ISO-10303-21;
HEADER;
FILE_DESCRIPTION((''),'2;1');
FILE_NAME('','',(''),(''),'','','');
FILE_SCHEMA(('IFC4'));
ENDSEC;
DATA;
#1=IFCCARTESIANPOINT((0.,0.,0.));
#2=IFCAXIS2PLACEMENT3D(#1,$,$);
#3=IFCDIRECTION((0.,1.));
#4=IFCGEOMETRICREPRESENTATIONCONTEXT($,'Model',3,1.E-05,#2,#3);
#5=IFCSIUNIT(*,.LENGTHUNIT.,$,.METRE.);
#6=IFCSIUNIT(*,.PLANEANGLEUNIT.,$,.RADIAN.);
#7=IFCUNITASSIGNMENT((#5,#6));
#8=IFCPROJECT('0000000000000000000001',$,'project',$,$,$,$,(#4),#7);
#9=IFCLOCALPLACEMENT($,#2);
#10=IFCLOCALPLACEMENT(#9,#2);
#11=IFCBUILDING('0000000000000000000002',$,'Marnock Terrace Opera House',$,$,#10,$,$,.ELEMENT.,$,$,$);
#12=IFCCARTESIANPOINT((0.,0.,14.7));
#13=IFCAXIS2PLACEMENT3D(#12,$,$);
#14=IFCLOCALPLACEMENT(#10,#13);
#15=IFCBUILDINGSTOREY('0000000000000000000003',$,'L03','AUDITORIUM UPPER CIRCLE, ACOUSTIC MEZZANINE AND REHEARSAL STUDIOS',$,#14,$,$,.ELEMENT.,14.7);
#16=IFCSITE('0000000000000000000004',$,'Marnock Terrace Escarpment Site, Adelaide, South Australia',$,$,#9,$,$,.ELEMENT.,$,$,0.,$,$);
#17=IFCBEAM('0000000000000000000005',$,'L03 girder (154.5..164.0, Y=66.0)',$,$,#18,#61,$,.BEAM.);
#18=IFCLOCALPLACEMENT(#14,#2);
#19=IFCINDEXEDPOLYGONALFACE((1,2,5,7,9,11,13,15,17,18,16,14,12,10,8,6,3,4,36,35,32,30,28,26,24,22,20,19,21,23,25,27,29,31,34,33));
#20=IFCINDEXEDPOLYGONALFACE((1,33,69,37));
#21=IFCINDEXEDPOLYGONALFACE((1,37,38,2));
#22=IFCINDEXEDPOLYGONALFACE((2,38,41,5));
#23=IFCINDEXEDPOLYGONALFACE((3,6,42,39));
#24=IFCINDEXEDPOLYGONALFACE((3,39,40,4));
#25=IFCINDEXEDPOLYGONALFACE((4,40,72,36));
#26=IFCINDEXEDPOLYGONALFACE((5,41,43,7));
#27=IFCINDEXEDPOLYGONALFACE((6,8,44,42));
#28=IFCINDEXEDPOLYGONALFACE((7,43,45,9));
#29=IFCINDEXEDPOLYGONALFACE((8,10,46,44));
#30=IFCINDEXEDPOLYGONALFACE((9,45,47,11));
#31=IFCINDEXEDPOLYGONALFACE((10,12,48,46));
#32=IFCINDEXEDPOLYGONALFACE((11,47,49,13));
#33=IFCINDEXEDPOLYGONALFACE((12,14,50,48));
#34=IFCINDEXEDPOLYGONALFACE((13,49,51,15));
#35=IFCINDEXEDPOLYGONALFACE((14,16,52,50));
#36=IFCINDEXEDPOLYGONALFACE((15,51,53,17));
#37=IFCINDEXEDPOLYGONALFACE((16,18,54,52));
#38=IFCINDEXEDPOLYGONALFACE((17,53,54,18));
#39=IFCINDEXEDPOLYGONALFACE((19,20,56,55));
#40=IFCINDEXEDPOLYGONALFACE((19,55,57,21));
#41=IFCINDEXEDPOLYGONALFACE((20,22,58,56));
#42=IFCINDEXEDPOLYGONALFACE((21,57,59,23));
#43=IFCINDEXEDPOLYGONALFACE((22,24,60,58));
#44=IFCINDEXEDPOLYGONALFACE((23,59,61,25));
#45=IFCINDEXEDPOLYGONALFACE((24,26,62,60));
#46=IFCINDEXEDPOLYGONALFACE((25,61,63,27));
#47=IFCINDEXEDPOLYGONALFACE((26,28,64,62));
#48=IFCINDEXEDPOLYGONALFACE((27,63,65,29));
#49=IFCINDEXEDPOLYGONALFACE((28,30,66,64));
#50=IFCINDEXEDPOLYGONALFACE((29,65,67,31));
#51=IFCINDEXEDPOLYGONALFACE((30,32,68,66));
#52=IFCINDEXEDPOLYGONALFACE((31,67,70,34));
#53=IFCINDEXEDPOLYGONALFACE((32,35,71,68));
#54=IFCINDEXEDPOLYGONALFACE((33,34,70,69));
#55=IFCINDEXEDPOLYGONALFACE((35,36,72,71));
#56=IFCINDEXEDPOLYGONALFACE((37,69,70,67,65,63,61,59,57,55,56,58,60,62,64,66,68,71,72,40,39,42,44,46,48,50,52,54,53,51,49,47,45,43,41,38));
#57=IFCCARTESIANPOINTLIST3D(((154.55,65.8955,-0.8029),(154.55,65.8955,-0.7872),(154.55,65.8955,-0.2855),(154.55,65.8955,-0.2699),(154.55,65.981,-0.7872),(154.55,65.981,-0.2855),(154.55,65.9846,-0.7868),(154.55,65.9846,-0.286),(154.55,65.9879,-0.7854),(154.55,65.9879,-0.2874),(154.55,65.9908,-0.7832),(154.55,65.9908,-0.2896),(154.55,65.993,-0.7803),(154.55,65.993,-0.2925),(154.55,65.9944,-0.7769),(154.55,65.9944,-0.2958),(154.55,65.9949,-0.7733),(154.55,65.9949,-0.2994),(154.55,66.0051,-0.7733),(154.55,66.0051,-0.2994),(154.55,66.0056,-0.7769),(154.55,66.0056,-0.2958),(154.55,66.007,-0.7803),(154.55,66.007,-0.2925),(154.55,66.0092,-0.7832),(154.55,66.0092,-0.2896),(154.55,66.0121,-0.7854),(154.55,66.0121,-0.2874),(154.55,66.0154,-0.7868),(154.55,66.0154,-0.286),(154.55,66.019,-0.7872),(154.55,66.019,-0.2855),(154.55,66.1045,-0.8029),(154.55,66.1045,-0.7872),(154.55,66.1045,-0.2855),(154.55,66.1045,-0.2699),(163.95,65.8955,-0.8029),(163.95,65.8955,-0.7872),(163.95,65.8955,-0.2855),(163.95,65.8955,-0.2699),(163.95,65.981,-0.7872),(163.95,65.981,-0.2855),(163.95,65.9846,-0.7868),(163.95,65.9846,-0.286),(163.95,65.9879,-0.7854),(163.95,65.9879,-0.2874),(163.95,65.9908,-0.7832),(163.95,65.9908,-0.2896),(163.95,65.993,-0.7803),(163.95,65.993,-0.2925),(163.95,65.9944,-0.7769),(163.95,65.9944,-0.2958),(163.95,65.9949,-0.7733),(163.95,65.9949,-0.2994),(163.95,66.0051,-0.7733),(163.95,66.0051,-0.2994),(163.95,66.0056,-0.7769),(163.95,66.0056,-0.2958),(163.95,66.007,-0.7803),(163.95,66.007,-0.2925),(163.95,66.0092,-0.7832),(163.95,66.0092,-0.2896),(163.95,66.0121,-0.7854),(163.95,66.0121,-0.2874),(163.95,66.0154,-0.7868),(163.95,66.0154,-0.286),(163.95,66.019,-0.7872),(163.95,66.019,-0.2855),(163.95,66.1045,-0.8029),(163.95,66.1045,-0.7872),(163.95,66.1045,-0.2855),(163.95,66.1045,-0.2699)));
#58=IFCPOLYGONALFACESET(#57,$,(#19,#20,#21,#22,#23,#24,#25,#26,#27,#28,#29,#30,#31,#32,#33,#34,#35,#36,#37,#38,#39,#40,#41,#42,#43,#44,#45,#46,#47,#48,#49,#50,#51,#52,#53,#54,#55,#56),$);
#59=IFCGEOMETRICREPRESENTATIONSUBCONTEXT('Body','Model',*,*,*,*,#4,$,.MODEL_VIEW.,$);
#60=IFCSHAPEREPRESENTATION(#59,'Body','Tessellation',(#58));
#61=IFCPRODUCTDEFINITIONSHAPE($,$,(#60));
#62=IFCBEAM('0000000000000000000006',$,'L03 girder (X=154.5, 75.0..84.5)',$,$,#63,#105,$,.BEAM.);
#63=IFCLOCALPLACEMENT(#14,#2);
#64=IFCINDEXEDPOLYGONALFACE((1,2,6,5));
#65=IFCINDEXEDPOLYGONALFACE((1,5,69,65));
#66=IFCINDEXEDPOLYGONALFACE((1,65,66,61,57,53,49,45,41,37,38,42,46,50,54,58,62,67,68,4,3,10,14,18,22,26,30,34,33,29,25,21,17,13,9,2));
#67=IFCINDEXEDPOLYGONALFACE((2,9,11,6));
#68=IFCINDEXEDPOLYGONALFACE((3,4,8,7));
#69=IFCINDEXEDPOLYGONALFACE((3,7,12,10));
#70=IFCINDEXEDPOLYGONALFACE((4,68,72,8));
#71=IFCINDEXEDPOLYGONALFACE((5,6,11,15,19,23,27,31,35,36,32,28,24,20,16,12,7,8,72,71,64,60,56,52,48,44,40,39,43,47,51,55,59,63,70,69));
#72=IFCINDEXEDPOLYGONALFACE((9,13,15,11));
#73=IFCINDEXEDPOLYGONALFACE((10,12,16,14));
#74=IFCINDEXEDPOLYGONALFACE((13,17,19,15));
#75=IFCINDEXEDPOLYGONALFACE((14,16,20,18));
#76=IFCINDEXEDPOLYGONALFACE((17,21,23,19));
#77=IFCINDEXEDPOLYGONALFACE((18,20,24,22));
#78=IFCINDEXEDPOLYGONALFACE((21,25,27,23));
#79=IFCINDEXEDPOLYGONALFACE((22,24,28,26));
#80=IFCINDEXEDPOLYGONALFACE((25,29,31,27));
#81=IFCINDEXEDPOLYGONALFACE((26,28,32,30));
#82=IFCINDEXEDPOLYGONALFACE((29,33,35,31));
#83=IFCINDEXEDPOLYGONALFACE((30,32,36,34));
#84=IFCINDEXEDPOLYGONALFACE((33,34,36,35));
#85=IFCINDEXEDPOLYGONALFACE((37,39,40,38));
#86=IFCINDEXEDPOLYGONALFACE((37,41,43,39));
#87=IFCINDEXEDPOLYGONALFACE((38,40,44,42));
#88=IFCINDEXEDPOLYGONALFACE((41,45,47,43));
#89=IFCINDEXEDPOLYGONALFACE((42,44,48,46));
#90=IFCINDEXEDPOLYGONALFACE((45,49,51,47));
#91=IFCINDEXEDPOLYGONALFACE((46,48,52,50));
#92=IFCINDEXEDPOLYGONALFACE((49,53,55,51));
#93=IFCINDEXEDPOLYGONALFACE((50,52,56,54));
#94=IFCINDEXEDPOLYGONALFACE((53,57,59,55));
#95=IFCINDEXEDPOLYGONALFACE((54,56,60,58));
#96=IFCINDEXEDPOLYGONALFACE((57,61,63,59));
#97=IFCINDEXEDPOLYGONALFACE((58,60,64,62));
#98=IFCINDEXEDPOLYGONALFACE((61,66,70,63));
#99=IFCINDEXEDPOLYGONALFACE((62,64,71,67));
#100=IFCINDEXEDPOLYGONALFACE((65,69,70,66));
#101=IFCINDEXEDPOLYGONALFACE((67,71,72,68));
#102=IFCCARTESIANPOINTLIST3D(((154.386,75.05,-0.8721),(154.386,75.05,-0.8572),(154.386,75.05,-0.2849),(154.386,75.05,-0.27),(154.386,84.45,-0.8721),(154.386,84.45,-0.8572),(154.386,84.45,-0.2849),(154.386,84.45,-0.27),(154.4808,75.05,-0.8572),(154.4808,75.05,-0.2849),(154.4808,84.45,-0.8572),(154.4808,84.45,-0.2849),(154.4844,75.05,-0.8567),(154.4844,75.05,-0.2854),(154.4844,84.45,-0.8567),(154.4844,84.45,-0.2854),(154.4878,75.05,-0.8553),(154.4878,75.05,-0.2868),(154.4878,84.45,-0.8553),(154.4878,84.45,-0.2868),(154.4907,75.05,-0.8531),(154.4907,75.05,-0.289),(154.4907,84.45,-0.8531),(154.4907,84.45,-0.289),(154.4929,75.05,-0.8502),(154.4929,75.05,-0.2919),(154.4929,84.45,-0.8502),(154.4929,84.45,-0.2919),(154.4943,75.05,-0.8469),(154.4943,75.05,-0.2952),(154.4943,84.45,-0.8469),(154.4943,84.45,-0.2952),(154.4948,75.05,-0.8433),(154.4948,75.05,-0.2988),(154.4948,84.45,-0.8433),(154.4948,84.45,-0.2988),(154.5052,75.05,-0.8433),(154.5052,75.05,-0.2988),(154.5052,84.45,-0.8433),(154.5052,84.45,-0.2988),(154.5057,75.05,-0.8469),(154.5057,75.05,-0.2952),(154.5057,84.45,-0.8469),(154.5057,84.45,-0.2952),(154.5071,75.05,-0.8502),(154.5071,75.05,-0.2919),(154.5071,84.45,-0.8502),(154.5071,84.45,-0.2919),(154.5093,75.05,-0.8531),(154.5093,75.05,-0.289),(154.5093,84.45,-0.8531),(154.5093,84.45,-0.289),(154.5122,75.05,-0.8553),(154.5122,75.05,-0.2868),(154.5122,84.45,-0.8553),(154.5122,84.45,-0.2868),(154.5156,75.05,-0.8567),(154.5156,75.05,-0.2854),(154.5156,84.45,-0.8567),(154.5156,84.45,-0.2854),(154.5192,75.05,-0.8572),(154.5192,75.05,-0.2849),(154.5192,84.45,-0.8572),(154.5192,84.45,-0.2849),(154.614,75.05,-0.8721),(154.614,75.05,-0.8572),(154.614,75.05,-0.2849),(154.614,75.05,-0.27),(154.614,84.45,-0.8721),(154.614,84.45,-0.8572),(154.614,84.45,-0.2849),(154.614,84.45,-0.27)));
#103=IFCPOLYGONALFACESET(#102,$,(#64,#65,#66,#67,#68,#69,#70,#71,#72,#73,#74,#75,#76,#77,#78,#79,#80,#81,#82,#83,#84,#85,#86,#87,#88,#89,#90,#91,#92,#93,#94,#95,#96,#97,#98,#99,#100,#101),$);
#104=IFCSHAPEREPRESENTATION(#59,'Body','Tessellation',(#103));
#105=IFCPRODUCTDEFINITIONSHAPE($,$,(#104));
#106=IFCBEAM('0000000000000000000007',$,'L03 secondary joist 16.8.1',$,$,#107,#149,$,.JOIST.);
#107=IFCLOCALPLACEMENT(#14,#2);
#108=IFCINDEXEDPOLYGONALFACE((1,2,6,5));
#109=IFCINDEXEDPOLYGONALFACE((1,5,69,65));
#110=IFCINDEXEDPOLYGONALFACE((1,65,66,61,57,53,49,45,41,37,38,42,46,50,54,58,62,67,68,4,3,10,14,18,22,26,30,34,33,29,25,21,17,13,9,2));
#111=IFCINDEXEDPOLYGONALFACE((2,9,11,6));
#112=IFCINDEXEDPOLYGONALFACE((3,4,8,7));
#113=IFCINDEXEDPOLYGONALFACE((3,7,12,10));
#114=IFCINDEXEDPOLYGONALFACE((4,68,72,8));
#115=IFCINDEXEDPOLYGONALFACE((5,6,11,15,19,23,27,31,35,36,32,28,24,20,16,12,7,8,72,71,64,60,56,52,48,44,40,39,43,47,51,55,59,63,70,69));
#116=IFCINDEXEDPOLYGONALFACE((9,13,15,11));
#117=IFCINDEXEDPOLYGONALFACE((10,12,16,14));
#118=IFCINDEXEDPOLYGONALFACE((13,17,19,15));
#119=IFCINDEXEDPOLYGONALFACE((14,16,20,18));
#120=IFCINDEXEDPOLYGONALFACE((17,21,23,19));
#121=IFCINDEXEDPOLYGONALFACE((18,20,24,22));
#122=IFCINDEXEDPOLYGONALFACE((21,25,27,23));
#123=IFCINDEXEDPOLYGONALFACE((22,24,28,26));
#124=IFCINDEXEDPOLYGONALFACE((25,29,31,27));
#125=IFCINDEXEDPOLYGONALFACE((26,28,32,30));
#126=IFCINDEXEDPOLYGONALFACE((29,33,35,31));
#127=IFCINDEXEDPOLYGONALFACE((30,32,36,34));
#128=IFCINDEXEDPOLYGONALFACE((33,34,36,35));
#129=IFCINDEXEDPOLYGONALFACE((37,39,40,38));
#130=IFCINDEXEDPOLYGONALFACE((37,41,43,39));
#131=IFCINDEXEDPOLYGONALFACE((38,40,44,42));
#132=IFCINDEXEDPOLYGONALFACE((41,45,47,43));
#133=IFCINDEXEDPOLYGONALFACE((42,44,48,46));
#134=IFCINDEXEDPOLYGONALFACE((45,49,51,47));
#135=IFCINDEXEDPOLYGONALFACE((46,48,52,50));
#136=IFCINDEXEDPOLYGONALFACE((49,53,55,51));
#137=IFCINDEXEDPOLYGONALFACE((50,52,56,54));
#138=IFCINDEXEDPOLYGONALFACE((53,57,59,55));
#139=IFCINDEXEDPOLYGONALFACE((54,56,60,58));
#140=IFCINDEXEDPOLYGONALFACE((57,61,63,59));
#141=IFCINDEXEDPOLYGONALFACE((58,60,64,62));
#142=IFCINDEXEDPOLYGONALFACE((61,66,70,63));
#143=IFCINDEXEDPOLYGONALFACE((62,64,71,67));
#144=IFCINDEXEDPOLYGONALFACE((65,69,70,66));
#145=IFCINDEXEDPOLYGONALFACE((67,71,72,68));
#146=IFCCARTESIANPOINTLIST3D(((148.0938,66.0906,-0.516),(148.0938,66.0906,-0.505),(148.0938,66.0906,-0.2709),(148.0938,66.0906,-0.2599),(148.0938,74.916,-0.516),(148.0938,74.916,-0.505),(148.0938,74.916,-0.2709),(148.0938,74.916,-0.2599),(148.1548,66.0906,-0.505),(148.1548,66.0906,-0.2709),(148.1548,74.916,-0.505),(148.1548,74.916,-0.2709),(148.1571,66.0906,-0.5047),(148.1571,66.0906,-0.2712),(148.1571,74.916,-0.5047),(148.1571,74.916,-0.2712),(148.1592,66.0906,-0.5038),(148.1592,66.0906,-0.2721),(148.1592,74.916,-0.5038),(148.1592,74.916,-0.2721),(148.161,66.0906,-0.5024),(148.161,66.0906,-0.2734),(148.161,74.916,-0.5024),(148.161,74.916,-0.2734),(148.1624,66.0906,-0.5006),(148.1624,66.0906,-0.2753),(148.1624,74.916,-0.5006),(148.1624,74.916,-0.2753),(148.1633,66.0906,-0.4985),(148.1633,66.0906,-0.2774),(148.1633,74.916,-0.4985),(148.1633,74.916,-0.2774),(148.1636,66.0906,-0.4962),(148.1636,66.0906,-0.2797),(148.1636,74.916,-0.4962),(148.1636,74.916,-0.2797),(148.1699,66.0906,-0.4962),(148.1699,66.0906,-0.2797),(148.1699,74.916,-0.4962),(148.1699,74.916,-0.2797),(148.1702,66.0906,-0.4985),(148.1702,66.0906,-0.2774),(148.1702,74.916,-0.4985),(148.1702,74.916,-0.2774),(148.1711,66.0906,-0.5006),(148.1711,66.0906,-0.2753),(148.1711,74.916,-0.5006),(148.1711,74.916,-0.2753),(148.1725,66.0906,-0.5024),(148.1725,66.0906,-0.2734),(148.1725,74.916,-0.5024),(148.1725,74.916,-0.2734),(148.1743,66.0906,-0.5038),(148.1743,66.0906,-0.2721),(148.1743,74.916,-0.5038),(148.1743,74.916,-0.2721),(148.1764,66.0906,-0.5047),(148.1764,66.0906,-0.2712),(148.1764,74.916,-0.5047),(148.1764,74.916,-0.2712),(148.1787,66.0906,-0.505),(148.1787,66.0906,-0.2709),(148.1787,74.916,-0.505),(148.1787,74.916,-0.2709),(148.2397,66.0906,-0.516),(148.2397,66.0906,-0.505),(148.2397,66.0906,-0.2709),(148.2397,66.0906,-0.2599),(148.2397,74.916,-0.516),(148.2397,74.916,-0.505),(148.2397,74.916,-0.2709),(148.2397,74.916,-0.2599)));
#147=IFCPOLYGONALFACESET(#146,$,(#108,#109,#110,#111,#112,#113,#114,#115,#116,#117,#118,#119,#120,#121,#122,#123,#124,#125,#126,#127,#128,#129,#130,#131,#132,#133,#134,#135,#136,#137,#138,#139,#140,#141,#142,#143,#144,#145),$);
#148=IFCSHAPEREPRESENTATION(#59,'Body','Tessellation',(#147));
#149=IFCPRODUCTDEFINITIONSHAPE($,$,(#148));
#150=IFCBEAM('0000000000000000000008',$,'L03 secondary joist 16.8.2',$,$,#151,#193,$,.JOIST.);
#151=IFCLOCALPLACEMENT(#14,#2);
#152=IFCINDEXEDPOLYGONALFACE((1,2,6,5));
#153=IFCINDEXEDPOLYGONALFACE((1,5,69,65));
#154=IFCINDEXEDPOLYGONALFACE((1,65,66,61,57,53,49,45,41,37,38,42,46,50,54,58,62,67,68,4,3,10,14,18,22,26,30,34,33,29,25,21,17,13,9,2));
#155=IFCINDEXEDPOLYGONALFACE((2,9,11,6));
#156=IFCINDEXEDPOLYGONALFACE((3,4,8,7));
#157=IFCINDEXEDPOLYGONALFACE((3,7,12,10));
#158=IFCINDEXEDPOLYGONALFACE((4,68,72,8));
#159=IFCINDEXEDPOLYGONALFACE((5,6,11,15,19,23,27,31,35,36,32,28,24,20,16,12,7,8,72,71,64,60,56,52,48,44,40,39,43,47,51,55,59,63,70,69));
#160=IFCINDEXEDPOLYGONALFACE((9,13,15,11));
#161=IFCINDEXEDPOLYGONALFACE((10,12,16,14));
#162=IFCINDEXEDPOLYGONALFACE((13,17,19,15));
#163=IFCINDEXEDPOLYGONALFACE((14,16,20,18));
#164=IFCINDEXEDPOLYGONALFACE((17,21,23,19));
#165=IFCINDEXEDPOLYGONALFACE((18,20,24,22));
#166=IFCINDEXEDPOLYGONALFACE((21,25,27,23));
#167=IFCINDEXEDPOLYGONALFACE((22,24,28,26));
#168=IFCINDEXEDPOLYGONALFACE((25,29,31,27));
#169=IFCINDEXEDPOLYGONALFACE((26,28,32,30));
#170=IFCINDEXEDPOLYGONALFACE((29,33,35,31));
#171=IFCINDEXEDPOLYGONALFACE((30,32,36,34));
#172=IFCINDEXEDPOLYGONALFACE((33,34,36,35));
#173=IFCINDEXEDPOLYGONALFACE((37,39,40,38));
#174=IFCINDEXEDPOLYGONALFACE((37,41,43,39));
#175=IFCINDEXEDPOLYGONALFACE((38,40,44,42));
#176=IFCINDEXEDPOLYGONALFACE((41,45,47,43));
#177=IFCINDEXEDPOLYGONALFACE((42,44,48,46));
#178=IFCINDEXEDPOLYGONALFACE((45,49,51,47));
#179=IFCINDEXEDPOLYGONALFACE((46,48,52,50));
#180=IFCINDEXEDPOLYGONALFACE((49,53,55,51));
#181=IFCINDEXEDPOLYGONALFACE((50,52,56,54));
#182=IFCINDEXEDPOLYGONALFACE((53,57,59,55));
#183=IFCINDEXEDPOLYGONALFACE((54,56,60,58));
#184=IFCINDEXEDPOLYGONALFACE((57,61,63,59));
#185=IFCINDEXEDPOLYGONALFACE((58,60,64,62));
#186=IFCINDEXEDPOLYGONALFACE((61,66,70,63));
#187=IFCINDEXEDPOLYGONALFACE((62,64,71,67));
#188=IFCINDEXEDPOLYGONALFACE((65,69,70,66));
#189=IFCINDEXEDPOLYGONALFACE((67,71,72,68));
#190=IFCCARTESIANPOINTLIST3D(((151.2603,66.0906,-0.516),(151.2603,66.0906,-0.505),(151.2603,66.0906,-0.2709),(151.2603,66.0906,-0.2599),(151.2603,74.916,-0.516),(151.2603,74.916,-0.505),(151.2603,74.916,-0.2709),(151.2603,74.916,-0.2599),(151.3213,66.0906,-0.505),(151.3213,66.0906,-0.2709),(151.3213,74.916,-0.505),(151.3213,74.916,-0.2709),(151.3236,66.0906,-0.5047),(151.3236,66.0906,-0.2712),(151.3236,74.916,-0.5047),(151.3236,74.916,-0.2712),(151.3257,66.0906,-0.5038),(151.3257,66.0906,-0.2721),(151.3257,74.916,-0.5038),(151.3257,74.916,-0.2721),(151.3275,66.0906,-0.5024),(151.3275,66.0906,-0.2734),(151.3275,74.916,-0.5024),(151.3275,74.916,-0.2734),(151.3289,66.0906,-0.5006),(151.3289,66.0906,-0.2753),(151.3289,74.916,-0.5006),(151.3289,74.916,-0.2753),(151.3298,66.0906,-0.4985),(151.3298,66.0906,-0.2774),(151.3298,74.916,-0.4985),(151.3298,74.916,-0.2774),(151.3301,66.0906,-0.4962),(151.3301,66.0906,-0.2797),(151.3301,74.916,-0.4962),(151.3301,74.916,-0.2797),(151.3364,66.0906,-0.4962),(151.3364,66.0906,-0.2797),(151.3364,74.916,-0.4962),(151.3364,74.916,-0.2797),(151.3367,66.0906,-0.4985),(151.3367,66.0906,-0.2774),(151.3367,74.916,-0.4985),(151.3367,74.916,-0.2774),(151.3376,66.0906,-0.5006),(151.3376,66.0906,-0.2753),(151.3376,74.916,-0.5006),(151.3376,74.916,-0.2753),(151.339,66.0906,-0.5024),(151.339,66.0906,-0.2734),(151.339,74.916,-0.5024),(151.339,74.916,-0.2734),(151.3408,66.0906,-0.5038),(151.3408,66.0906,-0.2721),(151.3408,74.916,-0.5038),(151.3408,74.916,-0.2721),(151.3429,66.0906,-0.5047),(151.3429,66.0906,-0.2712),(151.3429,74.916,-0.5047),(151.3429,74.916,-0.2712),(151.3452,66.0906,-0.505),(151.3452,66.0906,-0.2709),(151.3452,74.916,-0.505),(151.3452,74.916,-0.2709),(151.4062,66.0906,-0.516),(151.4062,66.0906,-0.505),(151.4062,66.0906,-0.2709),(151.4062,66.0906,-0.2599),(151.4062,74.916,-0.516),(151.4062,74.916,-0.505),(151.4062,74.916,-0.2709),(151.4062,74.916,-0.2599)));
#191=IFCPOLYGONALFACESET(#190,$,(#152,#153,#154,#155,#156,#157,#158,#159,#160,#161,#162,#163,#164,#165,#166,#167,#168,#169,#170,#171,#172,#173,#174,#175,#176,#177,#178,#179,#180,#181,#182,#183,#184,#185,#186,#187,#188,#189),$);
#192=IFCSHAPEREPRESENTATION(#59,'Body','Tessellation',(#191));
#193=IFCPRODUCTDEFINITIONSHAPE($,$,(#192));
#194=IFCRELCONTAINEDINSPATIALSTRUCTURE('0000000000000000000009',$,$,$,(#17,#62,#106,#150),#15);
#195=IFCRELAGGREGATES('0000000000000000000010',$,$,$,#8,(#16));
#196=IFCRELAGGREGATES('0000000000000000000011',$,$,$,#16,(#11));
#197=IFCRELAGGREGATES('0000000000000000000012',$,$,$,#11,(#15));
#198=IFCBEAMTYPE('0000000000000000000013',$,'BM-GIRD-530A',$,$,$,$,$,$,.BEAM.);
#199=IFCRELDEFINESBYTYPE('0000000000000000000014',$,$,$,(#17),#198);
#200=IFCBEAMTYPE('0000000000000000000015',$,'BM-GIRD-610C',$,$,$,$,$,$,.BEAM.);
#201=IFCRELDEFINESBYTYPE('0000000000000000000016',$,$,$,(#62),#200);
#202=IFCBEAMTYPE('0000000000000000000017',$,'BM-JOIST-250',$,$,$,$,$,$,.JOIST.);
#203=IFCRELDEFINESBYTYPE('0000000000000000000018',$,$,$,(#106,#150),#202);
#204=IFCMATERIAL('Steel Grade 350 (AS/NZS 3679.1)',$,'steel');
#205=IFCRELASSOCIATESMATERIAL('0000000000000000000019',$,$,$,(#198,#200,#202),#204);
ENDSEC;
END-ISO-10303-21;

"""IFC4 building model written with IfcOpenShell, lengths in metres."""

from ifc_helpers import new_model, si_unit, direction, frame, origin, origin_2d, place, context, subcontext, project, spatial, i_section, extrude, material, material_profile, profile_set, type_object, element, save


model = new_model("IFC4")

# Units and contexts
model_context = context("Model", 3, precision=1e-05, world=origin(), true_north=direction((0.0, 1.0)))
body_context = subcontext(model_context, "Body", "Model", "MODEL_VIEW")
ifc_project = project(units=[si_unit("LENGTHUNIT", "METRE"), si_unit("PLANEANGLEUNIT", "RADIAN")], contexts=[model_context])

# Site, building, storey
site_placement = place(None, origin())
site = spatial("IfcSite", under=ifc_project, at=site_placement, Name="Marnock Terrace Escarpment Site, Adelaide, South Australia", CompositionType="ELEMENT", RefElevation=0.0)
building_placement = place(site_placement, origin())
building = spatial("IfcBuilding", under=site, at=building_placement, Name="Marnock Terrace Opera House", CompositionType="ELEMENT")
storey_placement = place(building_placement, frame((0.0, 0.0, 14.7)))
storey = spatial("IfcBuildingStorey", under=building, at=storey_placement, Name="L03", Description="AUDITORIUM UPPER CIRCLE, ACOUSTIC MEZZANINE AND REHEARSAL STUDIOS", CompositionType="ELEMENT", Elevation=14.7)

# Beams
ifc_material_1 = material(Name="Steel Grade 350 (AS/NZS 3679.1)", Category="steel")
ifc_material_profile_1 = material_profile(ifc_material_1, i_section(OverallWidth=0.209, OverallDepth=0.533, WebThickness=0.0103, FlangeThickness=0.0156, FilletRadius=0.0139, at=origin_2d()))
ifc_profile_set_1 = profile_set([ifc_material_profile_1], Name="Steel Grade 350 (AS/NZS 3679.1)")
beam_type_1 = type_object("IfcBeamType", Name="BM-GIRD-530A", PredefinedType="BEAM", material=ifc_profile_set_1)
beam_1_placement = place(storey_placement, frame((154.55, 66.0, -0.5364), z_axis=(1.0, 0.0, 0.0), x_axis=(0.0, 1.0, 0.0)))
element("IfcBeam", 1, at=beam_1_placement, inside=storey, type_object=beam_type_1, Name="L03 girder (154.5..164.0, Y=66.0)", PredefinedType="BEAM", context=body_context, shape_type="SweptSolid", body=[
    extrude(i_section(OverallWidth=0.209, OverallDepth=0.533, WebThickness=0.0103, FlangeThickness=0.0156, FilletRadius=0.0139, at=origin_2d()), origin(), (0.0, 0.0, 1.0), 9.3999),
])
ifc_material_profile_2 = material_profile(ifc_material_1, i_section(OverallWidth=0.228, OverallDepth=0.6021, WebThickness=0.0105, FlangeThickness=0.0149, FilletRadius=0.0139, at=origin_2d()))
ifc_profile_set_2 = profile_set([ifc_material_profile_2], Name="Steel Grade 350 (AS/NZS 3679.1)")
beam_type_2 = type_object("IfcBeamType", Name="BM-GIRD-610C", PredefinedType="BEAM", material=ifc_profile_set_2)
beam_2_placement = place(storey_placement, frame((154.5, 75.05, -0.571), z_axis=(0.0, 1.0, 0.0), x_axis=(-1.0, 0.0, 0.0)))
element("IfcBeam", 2, at=beam_2_placement, inside=storey, type_object=beam_type_2, Name="L03 girder (X=154.5, 75.0..84.5)", PredefinedType="BEAM", context=body_context, shape_type="SweptSolid", body=[
    extrude(i_section(OverallWidth=0.228, OverallDepth=0.6021, WebThickness=0.0105, FlangeThickness=0.0149, FilletRadius=0.0139, at=origin_2d()), origin(), (0.0, 0.0, 1.0), 9.3999),
])
ifc_material_profile_3 = material_profile(ifc_material_1, i_section(OverallWidth=0.146, OverallDepth=0.2561, WebThickness=0.0063, FlangeThickness=0.011, FilletRadius=0.0088, at=origin_2d()))
ifc_profile_set_3 = profile_set([ifc_material_profile_3], Name="Steel Grade 350 (AS/NZS 3679.1)")
beam_type_3 = type_object("IfcBeamType", Name="BM-JOIST-250", PredefinedType="JOIST", material=ifc_profile_set_3)
for number, where, z_axis, x_axis, name in (
    (3, (148.1667, 66.0906, -0.3879), (0.0, 1.0, 0.0), (-1.0, 0.0, 0.0), "L03 secondary joist 16.8.1"),
    (4, (151.3333, 66.0906, -0.3879), (0.0, 1.0, 0.0), (-1.0, 0.0, 0.0), "L03 secondary joist 16.8.2"),
):
    element("IfcBeam", number, at=place(storey_placement, frame(where, z_axis=z_axis, x_axis=x_axis)), inside=storey, type_object=beam_type_3, Name=name, PredefinedType="JOIST", context=body_context, shape_type="SweptSolid", body=[
        extrude(i_section(OverallWidth=0.146, OverallDepth=0.2561, WebThickness=0.0063, FlangeThickness=0.011, FilletRadius=0.0088, at=origin_2d()), origin(), (0.0, 0.0, 1.0), 8.8254),
    ])

save(model, "model.ifc")
